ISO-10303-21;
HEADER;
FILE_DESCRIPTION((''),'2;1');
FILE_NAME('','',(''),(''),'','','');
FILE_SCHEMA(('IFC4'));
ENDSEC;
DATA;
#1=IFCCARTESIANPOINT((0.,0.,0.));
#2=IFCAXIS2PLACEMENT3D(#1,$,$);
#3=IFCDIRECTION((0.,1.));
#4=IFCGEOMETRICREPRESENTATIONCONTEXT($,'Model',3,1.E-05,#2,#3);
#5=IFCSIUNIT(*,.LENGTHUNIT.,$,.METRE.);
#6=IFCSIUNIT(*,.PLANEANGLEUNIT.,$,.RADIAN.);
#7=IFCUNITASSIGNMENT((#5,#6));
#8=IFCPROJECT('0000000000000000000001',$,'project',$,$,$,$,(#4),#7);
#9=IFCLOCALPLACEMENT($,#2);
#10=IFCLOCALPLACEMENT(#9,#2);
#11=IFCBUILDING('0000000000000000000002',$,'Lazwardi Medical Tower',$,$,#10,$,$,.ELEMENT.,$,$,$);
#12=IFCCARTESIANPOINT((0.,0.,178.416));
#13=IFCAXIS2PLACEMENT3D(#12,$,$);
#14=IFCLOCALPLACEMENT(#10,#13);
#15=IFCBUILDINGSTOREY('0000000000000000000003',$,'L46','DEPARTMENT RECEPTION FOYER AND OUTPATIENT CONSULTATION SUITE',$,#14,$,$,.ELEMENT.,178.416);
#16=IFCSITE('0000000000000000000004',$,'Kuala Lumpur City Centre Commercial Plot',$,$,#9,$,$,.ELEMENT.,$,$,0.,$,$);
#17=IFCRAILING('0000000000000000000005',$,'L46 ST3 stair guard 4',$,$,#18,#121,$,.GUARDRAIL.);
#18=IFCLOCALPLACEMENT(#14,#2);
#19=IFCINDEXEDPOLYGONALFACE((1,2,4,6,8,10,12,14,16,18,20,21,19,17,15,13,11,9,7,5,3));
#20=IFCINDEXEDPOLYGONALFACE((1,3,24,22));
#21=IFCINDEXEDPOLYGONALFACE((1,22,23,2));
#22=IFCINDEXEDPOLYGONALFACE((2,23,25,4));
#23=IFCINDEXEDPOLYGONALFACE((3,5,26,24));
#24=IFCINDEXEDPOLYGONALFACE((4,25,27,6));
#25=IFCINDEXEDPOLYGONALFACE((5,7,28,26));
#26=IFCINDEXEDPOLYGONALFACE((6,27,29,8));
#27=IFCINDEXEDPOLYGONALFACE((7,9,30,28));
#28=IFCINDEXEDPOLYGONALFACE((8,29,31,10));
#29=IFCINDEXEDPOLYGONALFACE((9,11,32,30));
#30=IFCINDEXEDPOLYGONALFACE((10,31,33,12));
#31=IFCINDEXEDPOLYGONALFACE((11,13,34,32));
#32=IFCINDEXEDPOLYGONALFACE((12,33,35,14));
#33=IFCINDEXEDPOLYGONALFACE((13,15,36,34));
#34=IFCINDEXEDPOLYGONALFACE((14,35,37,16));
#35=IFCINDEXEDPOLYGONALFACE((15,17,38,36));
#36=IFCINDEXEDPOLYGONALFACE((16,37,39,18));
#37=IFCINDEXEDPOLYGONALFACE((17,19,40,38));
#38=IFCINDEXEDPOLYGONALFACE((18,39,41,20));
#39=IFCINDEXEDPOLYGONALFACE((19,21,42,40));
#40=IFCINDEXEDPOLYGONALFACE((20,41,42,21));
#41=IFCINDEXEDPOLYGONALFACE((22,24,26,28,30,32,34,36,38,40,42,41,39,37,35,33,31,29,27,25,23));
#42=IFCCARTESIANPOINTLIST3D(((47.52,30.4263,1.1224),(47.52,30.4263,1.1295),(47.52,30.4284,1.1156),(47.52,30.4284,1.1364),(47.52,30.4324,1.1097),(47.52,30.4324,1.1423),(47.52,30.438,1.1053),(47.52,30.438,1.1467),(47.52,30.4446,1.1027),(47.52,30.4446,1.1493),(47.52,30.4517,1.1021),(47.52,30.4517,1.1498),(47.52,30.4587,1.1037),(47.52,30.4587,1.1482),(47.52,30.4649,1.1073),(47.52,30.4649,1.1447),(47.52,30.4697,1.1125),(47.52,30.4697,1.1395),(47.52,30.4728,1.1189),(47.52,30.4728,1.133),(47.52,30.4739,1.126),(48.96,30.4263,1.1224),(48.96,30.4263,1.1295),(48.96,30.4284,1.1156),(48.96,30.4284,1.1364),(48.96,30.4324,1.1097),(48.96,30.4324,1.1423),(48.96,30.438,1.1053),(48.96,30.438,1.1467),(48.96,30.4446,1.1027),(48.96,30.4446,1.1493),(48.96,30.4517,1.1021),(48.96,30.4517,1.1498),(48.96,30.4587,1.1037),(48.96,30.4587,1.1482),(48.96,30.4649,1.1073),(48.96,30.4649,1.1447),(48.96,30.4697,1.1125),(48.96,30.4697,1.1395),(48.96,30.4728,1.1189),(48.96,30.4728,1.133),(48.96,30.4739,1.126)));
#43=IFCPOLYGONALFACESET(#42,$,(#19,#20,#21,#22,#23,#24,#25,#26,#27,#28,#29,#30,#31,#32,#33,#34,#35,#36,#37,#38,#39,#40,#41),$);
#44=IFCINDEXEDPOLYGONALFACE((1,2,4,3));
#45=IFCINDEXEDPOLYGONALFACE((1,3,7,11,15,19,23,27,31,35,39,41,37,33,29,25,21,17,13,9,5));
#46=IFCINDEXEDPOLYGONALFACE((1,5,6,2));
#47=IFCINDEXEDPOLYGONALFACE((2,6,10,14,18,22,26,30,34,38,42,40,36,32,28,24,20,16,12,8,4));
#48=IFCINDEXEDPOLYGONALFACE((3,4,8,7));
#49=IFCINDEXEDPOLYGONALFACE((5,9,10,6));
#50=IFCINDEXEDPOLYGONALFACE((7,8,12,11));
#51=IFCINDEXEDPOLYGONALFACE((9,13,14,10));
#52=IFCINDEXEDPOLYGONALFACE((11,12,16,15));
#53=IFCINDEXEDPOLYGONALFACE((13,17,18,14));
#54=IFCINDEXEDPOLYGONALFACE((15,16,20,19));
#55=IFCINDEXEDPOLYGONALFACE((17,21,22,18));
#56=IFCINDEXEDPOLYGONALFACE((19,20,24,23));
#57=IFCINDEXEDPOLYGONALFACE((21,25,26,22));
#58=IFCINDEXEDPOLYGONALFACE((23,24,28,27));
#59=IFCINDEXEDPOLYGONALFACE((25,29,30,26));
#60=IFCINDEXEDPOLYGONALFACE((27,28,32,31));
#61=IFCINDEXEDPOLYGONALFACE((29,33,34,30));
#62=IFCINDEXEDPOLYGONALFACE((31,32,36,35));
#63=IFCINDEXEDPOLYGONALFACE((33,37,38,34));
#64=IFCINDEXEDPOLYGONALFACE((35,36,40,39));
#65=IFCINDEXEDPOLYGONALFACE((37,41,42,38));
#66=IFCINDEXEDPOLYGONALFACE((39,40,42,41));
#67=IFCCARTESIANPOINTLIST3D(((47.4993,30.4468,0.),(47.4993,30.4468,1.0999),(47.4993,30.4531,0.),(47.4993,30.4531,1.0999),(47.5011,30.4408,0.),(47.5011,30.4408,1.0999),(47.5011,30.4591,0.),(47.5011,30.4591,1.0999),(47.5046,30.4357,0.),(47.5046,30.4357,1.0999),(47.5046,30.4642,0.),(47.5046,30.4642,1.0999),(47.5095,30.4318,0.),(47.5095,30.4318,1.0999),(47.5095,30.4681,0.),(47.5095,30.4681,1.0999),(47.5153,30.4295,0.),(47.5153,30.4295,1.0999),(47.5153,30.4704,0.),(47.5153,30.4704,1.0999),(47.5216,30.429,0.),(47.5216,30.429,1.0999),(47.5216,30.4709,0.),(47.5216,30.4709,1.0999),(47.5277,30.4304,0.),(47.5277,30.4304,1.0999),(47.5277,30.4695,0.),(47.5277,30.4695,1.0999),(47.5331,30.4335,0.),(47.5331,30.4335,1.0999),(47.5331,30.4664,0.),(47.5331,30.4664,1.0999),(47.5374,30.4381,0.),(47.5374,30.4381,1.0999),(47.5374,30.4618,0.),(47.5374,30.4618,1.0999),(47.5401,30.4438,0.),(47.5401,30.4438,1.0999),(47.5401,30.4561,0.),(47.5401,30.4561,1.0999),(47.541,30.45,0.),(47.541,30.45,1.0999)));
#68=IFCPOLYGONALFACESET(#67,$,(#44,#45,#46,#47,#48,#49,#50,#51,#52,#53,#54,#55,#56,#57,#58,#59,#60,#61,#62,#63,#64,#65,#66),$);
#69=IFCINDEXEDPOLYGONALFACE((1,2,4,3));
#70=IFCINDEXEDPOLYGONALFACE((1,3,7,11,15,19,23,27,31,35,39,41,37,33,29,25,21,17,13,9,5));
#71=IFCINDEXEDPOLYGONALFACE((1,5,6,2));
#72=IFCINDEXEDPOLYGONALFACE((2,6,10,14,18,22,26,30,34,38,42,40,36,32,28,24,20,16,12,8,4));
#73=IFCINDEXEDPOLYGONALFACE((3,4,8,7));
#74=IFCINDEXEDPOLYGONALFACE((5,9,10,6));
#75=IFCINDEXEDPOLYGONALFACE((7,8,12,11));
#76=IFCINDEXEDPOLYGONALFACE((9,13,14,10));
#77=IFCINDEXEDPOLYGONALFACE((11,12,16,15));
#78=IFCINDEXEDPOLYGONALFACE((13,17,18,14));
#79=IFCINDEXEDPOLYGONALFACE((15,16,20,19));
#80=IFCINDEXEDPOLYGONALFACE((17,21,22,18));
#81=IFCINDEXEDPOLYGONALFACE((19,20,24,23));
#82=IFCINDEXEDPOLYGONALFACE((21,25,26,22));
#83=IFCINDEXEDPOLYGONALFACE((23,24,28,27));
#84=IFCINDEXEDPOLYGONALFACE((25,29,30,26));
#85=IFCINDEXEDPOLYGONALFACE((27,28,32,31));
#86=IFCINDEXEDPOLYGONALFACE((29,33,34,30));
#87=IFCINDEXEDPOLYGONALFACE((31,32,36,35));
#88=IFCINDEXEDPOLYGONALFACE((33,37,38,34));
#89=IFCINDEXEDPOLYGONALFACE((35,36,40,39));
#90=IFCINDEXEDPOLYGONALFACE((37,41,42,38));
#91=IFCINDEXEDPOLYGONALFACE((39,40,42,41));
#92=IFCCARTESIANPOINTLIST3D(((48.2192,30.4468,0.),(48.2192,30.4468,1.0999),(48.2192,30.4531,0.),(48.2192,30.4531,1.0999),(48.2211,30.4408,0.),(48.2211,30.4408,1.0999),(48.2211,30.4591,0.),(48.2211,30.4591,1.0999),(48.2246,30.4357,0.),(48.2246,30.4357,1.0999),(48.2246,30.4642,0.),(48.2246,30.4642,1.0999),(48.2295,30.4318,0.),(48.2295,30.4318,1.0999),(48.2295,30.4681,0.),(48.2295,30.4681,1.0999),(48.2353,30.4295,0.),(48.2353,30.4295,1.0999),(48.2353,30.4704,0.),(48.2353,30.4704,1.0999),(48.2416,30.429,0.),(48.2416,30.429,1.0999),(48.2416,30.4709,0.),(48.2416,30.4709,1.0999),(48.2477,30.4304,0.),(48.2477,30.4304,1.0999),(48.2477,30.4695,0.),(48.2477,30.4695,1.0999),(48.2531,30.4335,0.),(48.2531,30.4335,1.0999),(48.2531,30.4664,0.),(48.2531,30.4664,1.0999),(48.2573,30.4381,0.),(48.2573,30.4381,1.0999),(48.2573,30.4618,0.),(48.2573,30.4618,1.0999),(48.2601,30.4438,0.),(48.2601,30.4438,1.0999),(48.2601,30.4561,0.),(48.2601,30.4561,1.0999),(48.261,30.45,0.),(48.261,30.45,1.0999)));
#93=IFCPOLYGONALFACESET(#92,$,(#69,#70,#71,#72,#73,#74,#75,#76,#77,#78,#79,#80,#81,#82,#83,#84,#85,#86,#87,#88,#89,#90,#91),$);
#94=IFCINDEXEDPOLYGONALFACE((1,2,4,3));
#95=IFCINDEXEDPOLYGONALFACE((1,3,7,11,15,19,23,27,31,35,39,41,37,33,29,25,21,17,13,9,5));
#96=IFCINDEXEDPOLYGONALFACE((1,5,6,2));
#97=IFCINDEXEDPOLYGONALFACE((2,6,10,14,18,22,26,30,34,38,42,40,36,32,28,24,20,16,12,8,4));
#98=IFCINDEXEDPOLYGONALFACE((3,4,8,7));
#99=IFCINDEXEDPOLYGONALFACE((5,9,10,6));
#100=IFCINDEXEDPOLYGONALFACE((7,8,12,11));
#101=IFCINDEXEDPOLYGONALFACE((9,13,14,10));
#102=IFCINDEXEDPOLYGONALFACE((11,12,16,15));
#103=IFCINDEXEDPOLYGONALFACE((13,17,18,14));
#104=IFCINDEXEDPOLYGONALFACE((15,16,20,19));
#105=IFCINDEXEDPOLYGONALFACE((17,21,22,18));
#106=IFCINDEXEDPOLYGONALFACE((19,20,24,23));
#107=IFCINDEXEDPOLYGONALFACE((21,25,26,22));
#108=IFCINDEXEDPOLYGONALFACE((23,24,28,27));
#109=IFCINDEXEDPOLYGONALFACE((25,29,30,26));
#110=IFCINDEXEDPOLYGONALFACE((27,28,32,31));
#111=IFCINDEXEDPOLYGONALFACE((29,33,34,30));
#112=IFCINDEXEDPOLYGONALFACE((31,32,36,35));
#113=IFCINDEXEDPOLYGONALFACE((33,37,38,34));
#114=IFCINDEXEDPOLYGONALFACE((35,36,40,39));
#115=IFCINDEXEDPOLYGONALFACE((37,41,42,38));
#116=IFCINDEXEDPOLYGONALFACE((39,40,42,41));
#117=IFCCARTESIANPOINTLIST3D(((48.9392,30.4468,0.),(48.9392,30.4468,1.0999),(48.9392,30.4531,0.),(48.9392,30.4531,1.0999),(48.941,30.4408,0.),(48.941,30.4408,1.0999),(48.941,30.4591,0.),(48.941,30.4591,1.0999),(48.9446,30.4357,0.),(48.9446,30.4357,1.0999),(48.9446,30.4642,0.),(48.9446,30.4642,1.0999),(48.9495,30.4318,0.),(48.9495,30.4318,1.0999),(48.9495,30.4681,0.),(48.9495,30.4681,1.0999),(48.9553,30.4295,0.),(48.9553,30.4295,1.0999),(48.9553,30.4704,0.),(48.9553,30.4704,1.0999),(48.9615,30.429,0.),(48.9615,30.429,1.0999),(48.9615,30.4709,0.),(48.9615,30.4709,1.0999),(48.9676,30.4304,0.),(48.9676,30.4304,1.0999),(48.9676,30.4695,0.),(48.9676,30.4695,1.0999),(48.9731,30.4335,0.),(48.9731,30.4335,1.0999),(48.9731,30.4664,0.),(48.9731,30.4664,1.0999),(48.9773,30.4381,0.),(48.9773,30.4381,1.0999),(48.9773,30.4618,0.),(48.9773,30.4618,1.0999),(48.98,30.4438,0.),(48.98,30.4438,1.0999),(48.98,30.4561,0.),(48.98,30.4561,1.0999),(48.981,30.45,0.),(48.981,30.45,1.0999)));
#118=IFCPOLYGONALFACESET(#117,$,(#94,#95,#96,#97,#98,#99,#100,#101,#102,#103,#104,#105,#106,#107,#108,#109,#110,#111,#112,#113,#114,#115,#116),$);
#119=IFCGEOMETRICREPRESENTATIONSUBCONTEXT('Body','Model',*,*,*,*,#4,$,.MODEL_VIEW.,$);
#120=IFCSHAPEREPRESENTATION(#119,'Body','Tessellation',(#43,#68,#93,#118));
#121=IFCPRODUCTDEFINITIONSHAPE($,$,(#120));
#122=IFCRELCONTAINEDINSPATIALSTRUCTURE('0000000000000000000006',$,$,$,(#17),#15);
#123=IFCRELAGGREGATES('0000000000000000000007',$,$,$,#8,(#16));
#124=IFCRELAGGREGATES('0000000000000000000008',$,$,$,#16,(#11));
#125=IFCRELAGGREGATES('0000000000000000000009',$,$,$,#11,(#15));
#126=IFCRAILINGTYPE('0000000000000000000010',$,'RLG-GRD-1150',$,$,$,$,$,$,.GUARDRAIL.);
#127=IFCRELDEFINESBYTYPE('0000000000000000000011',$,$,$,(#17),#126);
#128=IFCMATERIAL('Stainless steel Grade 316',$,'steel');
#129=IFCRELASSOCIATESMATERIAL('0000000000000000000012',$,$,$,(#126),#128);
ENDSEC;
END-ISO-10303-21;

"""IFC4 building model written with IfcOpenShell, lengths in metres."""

from ifc_helpers import new_model, si_unit, direction, frame, origin, origin_2d, place, context, subcontext, project, spatial, circle, extrude, material, type_object, element, save


model = new_model("IFC4")

# Units and contexts
model_context = context("Model", 3, precision=1e-05, world=origin(), true_north=direction((0.0, 1.0)))
body_context = subcontext(model_context, "Body", "Model", "MODEL_VIEW")
ifc_project = project(units=[si_unit("LENGTHUNIT", "METRE"), si_unit("PLANEANGLEUNIT", "RADIAN")], contexts=[model_context])

# Site, building, storey
site_placement = place(None, origin())
site = spatial("IfcSite", under=ifc_project, at=site_placement, Name="Kuala Lumpur City Centre Commercial Plot", CompositionType="ELEMENT", RefElevation=0.0)
building_placement = place(site_placement, origin())
building = spatial("IfcBuilding", under=site, at=building_placement, Name="Lazwardi Medical Tower", CompositionType="ELEMENT")
storey_placement = place(building_placement, frame((0.0, 0.0, 178.416)))
storey = spatial("IfcBuildingStorey", under=building, at=storey_placement, Name="L46", Description="DEPARTMENT RECEPTION FOYER AND OUTPATIENT CONSULTATION SUITE", CompositionType="ELEMENT", Elevation=178.416)

# Railing
ifc_material_1 = material(Name="Stainless steel Grade 316", Category="steel")
railing_type = type_object("IfcRailingType", Name="RLG-GRD-1150", PredefinedType="GUARDRAIL", material=ifc_material_1)
railing_1_placement = place(storey_placement, frame((47.52, 30.45, 0.0)))
element("IfcRailing", 1, at=railing_1_placement, inside=storey, type_object=railing_type, Name="L46 ST3 stair guard 4", PredefinedType="GUARDRAIL", context=body_context, shape_type="SweptSolid", body=[
    extrude(circle(Radius=0.0239, at=origin_2d()), frame((0.0, 0.0, 1.126), z_axis=(1.0, 0.0, 0.0), x_axis=(0.0, 1.0, 0.0)), (0.0, 0.0, 1.0), 1.4399),
    extrude(circle(Radius=0.021, at=origin_2d()), origin(), (0.0, 0.0, 1.0), 1.0999),
    extrude(circle(Radius=0.021, at=origin_2d()), frame((0.72, 0.0, 0.0)), (0.0, 0.0, 1.0), 1.0999),
    extrude(circle(Radius=0.021, at=origin_2d()), frame((1.4399, 0.0, 0.0)), (0.0, 0.0, 1.0), 1.0999),
])

save(model, "model.ifc")
